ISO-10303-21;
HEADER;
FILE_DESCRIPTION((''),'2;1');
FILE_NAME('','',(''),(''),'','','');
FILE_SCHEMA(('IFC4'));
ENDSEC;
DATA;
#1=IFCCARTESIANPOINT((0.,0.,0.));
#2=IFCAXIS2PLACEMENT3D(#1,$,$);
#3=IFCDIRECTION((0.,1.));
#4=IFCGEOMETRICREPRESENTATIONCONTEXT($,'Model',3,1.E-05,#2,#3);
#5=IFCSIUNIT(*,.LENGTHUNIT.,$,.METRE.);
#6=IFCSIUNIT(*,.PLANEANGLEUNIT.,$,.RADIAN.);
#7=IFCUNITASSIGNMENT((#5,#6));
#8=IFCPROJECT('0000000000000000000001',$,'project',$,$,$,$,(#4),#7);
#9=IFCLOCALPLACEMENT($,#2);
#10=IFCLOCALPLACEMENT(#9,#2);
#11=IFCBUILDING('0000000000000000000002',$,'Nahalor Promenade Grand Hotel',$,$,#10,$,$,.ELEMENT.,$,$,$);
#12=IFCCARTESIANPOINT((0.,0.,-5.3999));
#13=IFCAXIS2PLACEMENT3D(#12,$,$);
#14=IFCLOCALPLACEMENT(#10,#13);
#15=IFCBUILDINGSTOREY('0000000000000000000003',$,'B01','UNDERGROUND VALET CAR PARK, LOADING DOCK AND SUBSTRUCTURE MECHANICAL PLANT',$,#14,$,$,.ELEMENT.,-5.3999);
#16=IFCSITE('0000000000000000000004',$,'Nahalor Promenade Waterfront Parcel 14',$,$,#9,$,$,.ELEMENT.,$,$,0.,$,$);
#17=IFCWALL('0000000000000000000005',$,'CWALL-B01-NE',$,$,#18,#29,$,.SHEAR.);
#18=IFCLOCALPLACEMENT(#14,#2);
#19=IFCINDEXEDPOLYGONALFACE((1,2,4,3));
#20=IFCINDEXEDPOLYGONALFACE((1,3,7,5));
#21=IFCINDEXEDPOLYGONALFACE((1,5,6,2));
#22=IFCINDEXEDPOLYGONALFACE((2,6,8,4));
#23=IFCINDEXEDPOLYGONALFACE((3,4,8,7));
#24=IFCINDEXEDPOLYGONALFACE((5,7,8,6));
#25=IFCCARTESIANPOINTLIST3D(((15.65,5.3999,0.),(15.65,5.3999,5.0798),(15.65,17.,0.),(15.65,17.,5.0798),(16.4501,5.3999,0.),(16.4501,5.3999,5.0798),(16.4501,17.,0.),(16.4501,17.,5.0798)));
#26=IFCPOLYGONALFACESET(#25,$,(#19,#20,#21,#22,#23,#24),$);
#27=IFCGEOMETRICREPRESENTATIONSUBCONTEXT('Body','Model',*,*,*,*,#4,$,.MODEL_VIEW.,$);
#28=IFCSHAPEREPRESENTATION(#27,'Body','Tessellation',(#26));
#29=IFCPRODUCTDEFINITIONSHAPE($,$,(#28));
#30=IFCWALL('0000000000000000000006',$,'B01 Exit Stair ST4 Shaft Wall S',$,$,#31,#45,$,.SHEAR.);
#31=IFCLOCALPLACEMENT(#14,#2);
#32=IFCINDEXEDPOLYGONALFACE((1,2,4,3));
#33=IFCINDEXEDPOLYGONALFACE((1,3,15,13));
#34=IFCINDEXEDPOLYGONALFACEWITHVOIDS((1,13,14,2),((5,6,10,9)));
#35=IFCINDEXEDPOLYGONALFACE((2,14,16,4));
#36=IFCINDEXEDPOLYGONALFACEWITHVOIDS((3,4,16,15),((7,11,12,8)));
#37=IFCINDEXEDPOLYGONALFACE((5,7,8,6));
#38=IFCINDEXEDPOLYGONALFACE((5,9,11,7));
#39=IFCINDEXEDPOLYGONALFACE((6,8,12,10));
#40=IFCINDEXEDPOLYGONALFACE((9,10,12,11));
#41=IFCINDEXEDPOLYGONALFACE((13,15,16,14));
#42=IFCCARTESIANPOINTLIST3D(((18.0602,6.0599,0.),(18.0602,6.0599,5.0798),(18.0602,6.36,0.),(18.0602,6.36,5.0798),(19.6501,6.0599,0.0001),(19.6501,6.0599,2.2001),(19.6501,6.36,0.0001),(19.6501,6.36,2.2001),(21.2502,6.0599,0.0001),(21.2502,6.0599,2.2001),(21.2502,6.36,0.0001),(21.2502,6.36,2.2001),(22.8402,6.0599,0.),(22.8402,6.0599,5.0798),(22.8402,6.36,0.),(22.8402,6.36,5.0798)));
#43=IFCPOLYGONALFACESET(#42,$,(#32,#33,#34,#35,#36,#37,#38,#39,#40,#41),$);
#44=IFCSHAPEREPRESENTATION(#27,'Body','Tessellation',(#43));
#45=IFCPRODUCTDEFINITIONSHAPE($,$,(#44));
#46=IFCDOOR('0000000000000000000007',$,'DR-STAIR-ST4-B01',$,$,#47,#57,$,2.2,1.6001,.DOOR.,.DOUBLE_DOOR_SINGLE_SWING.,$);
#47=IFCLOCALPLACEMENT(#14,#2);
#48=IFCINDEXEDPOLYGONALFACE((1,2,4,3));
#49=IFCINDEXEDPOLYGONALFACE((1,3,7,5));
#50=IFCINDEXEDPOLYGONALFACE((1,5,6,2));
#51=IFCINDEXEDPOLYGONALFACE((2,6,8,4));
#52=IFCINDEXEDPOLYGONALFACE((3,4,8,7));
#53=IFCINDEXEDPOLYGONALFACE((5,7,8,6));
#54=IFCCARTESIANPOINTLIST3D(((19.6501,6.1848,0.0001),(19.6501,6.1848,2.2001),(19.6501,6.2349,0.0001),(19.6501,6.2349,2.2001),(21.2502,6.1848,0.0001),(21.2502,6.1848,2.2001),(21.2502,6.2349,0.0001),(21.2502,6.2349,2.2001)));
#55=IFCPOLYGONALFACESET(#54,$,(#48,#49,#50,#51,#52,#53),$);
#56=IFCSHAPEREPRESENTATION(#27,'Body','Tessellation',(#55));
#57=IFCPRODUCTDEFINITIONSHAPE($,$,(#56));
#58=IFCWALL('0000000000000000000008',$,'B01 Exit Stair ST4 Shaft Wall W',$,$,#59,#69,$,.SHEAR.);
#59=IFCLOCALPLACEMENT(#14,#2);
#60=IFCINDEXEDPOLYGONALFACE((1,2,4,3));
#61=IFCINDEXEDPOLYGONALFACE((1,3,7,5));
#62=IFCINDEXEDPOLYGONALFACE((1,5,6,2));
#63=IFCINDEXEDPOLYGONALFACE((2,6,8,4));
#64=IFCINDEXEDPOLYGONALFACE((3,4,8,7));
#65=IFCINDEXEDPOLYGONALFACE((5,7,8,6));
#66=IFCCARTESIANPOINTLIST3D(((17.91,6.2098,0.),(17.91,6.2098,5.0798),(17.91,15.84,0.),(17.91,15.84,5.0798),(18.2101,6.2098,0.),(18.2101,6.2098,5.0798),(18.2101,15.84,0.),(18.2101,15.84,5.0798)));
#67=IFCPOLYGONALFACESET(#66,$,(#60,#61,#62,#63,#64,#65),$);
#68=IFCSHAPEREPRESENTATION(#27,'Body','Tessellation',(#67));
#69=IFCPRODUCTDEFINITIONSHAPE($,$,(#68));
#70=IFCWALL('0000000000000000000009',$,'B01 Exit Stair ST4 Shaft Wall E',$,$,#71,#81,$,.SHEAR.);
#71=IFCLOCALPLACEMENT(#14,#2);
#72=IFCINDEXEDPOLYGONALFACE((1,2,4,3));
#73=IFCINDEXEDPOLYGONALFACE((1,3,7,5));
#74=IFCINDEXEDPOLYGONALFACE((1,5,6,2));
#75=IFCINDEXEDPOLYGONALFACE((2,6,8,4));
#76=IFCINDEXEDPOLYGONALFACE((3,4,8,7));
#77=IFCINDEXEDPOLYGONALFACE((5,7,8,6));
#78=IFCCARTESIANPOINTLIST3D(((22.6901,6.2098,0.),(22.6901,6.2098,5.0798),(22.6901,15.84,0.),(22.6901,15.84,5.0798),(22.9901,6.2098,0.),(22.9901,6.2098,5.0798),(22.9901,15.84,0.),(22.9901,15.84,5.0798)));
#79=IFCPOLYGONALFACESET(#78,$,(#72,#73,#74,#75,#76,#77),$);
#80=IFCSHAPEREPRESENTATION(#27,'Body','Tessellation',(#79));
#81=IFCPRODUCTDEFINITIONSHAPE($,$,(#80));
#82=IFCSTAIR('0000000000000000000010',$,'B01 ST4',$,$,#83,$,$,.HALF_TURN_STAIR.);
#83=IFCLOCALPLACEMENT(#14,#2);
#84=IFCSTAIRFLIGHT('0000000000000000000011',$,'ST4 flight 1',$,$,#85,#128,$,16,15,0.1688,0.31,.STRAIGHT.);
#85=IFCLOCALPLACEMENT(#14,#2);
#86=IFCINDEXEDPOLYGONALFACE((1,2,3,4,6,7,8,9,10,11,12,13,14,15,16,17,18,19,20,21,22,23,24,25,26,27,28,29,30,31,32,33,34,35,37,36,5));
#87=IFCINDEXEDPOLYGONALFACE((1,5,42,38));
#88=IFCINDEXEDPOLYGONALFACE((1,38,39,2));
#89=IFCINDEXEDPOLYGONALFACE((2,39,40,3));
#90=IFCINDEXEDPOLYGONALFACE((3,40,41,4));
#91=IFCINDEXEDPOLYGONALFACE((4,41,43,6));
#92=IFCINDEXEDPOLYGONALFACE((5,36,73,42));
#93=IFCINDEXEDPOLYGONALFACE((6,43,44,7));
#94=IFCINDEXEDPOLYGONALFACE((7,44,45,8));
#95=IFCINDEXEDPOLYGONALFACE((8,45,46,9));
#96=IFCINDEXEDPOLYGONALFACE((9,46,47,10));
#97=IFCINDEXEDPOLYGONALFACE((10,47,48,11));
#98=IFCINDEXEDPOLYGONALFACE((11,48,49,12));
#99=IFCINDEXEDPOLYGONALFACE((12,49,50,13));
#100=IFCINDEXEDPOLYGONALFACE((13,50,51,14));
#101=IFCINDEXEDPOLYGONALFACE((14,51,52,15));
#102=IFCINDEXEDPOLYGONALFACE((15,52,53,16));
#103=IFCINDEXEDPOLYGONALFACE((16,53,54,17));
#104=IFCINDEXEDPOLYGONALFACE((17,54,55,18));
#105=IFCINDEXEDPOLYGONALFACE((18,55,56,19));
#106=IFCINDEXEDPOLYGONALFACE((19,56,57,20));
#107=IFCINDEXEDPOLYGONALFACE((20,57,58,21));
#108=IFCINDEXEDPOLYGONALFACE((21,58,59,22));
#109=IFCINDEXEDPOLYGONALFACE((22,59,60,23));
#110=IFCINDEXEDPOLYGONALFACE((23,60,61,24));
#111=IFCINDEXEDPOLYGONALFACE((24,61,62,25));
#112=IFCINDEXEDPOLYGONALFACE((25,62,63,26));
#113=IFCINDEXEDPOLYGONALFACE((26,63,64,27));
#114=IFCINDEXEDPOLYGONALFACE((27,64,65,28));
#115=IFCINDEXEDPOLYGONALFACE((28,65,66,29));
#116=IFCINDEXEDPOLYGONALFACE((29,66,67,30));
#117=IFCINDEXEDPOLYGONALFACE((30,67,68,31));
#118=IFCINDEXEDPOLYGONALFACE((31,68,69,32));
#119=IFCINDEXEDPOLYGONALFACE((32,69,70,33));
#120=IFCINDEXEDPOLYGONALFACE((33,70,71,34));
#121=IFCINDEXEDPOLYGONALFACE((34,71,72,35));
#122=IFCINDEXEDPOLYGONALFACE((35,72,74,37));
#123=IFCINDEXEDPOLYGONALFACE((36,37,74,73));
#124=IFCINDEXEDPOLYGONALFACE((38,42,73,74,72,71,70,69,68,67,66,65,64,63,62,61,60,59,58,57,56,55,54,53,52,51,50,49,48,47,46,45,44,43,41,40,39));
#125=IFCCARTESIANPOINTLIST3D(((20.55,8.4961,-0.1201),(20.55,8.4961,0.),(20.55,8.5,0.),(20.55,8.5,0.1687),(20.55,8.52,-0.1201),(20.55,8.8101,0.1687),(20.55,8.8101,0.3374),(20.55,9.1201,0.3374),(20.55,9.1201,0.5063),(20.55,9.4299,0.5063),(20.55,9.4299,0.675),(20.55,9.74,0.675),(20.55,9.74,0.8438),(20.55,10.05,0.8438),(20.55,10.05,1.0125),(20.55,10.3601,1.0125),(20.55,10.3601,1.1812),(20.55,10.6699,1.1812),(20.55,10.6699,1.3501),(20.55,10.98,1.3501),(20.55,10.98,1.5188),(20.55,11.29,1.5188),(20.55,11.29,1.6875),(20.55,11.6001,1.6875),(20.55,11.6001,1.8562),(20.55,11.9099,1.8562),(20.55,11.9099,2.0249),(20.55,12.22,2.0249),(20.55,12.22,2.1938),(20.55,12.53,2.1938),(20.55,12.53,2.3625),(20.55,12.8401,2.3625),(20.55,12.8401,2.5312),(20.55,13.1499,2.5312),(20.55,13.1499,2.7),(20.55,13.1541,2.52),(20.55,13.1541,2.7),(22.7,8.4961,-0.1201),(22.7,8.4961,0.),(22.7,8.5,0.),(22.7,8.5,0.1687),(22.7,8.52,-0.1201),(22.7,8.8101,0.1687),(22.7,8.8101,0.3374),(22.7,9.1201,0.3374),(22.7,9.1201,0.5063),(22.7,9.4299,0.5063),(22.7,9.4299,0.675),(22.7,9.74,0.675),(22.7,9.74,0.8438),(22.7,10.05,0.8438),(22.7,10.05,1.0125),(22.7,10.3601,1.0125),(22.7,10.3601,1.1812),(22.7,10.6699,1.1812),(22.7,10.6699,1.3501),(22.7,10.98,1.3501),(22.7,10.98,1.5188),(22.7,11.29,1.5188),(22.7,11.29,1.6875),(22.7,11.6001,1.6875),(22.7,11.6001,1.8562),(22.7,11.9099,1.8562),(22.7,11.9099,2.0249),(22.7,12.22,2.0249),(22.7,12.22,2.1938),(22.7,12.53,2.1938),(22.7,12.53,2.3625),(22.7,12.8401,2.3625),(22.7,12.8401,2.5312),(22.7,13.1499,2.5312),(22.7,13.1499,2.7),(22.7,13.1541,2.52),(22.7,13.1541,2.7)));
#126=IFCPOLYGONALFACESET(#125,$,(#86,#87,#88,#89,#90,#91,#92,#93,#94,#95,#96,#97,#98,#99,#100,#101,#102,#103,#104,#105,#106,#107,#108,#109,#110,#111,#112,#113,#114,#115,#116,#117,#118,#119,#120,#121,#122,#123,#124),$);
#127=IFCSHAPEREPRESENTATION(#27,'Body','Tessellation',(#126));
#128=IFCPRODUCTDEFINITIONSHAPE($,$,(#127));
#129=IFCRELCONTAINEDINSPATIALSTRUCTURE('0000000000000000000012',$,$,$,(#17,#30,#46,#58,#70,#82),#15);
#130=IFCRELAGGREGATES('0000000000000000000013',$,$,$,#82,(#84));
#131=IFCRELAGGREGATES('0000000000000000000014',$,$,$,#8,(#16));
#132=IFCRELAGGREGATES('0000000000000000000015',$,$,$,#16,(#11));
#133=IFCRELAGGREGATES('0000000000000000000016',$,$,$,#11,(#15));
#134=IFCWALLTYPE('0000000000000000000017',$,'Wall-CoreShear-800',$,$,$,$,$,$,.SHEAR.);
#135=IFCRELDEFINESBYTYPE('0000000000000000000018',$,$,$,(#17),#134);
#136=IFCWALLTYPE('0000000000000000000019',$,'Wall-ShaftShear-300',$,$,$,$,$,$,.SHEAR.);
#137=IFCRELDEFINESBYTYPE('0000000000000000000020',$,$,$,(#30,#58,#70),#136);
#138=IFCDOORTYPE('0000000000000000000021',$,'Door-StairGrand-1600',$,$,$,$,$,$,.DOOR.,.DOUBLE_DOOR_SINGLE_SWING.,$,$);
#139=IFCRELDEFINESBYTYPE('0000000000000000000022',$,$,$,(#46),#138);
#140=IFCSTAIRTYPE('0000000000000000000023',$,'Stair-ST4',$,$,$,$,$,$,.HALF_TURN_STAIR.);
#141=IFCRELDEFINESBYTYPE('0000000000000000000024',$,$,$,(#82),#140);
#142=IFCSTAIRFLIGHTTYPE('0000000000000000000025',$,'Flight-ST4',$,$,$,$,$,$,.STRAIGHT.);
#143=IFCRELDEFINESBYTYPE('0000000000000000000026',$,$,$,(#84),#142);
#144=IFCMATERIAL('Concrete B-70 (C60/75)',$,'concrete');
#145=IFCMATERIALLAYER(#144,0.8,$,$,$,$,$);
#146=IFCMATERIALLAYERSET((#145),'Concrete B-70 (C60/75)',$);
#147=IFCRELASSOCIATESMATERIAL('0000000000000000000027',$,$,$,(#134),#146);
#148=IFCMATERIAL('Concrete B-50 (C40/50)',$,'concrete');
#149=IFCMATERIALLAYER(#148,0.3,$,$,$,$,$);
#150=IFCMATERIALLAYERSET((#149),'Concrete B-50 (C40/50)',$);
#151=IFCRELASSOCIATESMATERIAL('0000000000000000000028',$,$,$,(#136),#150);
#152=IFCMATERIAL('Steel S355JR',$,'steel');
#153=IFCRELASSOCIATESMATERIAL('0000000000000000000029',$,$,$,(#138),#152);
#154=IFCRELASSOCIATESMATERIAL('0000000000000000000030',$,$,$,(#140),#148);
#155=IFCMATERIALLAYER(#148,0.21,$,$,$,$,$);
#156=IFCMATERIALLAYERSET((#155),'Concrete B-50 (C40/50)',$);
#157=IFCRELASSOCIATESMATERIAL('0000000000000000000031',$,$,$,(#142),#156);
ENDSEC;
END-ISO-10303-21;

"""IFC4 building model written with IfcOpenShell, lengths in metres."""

from ifc_helpers import new_model, si_unit, direction, frame, frame_2d, origin, place, context, subcontext, project, spatial, polyline, rectangle, outline, extrude, source, transform, mapped, material, layer, layer_set, type_object, element, fill, aggregate, save


model = new_model("IFC4")

# Units and contexts
model_context = context("Model", 3, precision=1e-05, world=origin(), true_north=direction((0.0, 1.0)))
body_context = subcontext(model_context, "Body", "Model", "MODEL_VIEW")
ifc_project = project(units=[si_unit("LENGTHUNIT", "METRE"), si_unit("PLANEANGLEUNIT", "RADIAN")], contexts=[model_context])

# Site, building, storey
site_placement = place(None, origin())
site = spatial("IfcSite", under=ifc_project, at=site_placement, Name="Nahalor Promenade Waterfront Parcel 14", CompositionType="ELEMENT", RefElevation=0.0)
building_placement = place(site_placement, origin())
building = spatial("IfcBuilding", under=site, at=building_placement, Name="Nahalor Promenade Grand Hotel", CompositionType="ELEMENT")
storey_placement = place(building_placement, frame((0.0, 0.0, -5.3999)))
storey = spatial("IfcBuildingStorey", under=building, at=storey_placement, Name="B01", Description="UNDERGROUND VALET CAR PARK, LOADING DOCK AND SUBSTRUCTURE MECHANICAL PLANT", CompositionType="ELEMENT", Elevation=-5.3999)

# Shared definitions
ifc_material_1 = material(Name="Steel S355JR", Category="steel")

# Wall
ifc_material_2 = material(Name="Concrete B-70 (C60/75)", Category="concrete")
ifc_layer_1 = layer(ifc_material_2, 0.8)
ifc_layer_set_1 = layer_set([ifc_layer_1], Name="Concrete B-70 (C60/75)")
wall_type_1 = type_object("IfcWallType", Name="Wall-CoreShear-800", PredefinedType="SHEAR", material=ifc_layer_set_1)
shared_shape_1 = source(origin(), body_context, "Body", "SweptSolid", [
    extrude(rectangle(XDim=11.6001, YDim=0.8, at=frame_2d((5.8, 0.0))), origin(), (0.0, 0.0, 1.0), 5.0798),
])
wall_1_placement = place(storey_placement, frame((16.05, 5.3999, 0.0), z_axis=(0.0, 0.0, 1.0), x_axis=(0.0, 1.0, 0.0)))
element("IfcWall", 1, at=wall_1_placement, inside=storey, type_object=wall_type_1, Name="CWALL-B01-NE", PredefinedType="SHEAR", context=body_context, shape_type="MappedRepresentation", body=[
    mapped(shared_shape_1, transform((0.0, 0.0, 0.0), scale=1.0)),
])

# Wall, opening, door
ifc_material_3 = material(Name="Concrete B-50 (C40/50)", Category="concrete")
ifc_layer_2 = layer(ifc_material_3, 0.3)
ifc_layer_set_2 = layer_set([ifc_layer_2], Name="Concrete B-50 (C40/50)")
wall_type_2 = type_object("IfcWallType", Name="Wall-ShaftShear-300", PredefinedType="SHEAR", material=ifc_layer_set_2)
shared_shape_2 = source(origin(), body_context, "Body", "SweptSolid", [
    extrude(rectangle(XDim=4.78, YDim=0.3, at=frame_2d((2.3901, 0.0))), origin(), (0.0, 0.0, 1.0), 5.0798),
])
wall_2_placement = place(storey_placement, frame((18.0601, 6.21, 0.0), z_axis=(0.0, 0.0, 1.0), x_axis=(1.0, 0.0, 0.0)))
wall_2 = element("IfcWall", 2, at=wall_2_placement, inside=storey, type_object=wall_type_2, Name="B01 Exit Stair ST4 Shaft Wall S", PredefinedType="SHEAR", context=body_context, shape_type="MappedRepresentation", body=[
    mapped(shared_shape_2, transform((0.0, 0.0, 0.0), scale=1.0)),
])
opening_placement = place(wall_2_placement, frame((1.5901, 0.0, 0.0)))
opening = element("IfcOpeningElement", 3, at=opening_placement, cuts=wall_2, PredefinedType="OPENING", context=body_context, shape_type="SweptSolid", body=[
    extrude(rectangle(XDim=1.6001, YDim=2.2, at=frame_2d((0.8, 1.1001))), frame((0.0, 0.1599, 0.0), z_axis=(0.0, -1.0, 0.0), x_axis=(1.0, 0.0, 0.0)), (0.0, 0.0, 1.0), 0.3201),
])
door_type = type_object("IfcDoorType", Name="Door-StairGrand-1600", OperationType="DOUBLE_DOOR_SINGLE_SWING", PredefinedType="DOOR", material=ifc_material_1)
shared_shape_3 = source(origin(), body_context, "Body", "SweptSolid", [
    extrude(rectangle(XDim=1.6001, YDim=2.2, at=frame_2d((0.8, 1.1001))), frame((0.0, 0.0249, 0.0), z_axis=(0.0, -1.0, 0.0), x_axis=(1.0, 0.0, 0.0)), (0.0, 0.0, 1.0), 0.05),
])
door_placement = place(opening_placement, origin())
door = element("IfcDoor", 4, at=door_placement, inside=storey, type_object=door_type, Name="DR-STAIR-ST4-B01", OperationType="DOUBLE_DOOR_SINGLE_SWING", OverallHeight=2.2, OverallWidth=1.6001, PredefinedType="DOOR", context=body_context, shape_type="MappedRepresentation", body=[
    mapped(shared_shape_3, transform((0.0, 0.0, 0.0), scale=1.0)),
])
fill(opening, door)

# Walls
shared_shape_4 = source(origin(), body_context, "Body", "SweptSolid", [
    extrude(rectangle(XDim=9.6301, YDim=0.3, at=frame_2d((4.8149, 0.0))), origin(), (0.0, 0.0, 1.0), 5.0798),
])
for number, where, z_axis, x_axis, name in (
    (5, (18.0601, 6.21, 0.0), (0.0, 0.0, 1.0), (0.0, 1.0, 0.0), "B01 Exit Stair ST4 Shaft Wall W"),
    (6, (22.8401, 6.21, 0.0), (0.0, 0.0, 1.0), (0.0, 1.0, 0.0), "B01 Exit Stair ST4 Shaft Wall E"),
):
    element("IfcWall", number, at=place(storey_placement, frame(where, z_axis=z_axis, x_axis=x_axis)), inside=storey, type_object=wall_type_2, Name=name, PredefinedType="SHEAR", context=body_context, shape_type="MappedRepresentation", body=[
        mapped(shared_shape_4, transform((0.0, 0.0, 0.0), scale=1.0)),
    ])

# Stair, stair flight
stair_type = type_object("IfcStairType", Name="Stair-ST4", PredefinedType="HALF_TURN_STAIR", material=ifc_material_3)
stair_placement = place(storey_placement, origin())
stair = element("IfcStair", 7, at=stair_placement, inside=storey, type_object=stair_type, Name="B01 ST4", PredefinedType="HALF_TURN_STAIR")
ifc_layer_3 = layer(ifc_material_3, 0.21)
ifc_layer_set_3 = layer_set([ifc_layer_3], Name="Concrete B-50 (C40/50)")
stair_flight_type = type_object("IfcStairFlightType", Name="Flight-ST4", PredefinedType="STRAIGHT", material=ifc_layer_set_3)
shared_shape_5 = source(origin(), body_context, "Body", "SweptSolid", [
    extrude(outline(polyline([(-0.0039, -0.1201), (-0.0039, 0.0), (0.0, 0.0), (0.0, 0.1687), (0.3101, 0.1687), (0.3101, 0.3374), (0.6201, 0.3374), (0.6201, 0.5063), (0.9299, 0.5063), (0.9299, 0.675), (1.24, 0.675), (1.24, 0.8438), (1.55, 0.8438), (1.55, 1.0125), (1.8601, 1.0125), (1.8601, 1.1812), (2.1699, 1.1812), (2.1699, 1.3501), (2.48, 1.3501), (2.48, 1.5188), (2.79, 1.5188), (2.79, 1.6875), (3.1001, 1.6875), (3.1001, 1.8562), (3.4099, 1.8562), (3.4099, 2.0249), (3.72, 2.0249), (3.72, 2.1938), (4.03, 2.1938), (4.03, 2.3625), (4.3401, 2.3625), (4.3401, 2.5312), (4.6499, 2.5312), (4.6499, 2.7), (4.6541, 2.7), (4.6541, 2.52), (0.02, -0.1201), (-0.0039, -0.1201)])), frame((0.0, 1.075, 0.0), z_axis=(0.0, -1.0, 0.0), x_axis=(1.0, 0.0, 0.0)), (0.0, 0.0, 1.0), 2.1499),
])
stair_flight_placement = place(storey_placement, frame((21.625, 8.5, 0.0), z_axis=(0.0, 0.0, 1.0), x_axis=(0.0, 1.0, 0.0)))
stair_flight = element("IfcStairFlight", 8, at=stair_flight_placement, type_object=stair_flight_type, Name="ST4 flight 1", NumberOfRisers=16, NumberOfTreads=15, PredefinedType="STRAIGHT", RiserHeight=0.1688, TreadLength=0.31, context=body_context, shape_type="MappedRepresentation", body=[
    mapped(shared_shape_5, transform((0.0, 0.0, 0.0), scale=1.0)),
])
aggregate(stair, [stair_flight])

save(model, "model.ifc")
